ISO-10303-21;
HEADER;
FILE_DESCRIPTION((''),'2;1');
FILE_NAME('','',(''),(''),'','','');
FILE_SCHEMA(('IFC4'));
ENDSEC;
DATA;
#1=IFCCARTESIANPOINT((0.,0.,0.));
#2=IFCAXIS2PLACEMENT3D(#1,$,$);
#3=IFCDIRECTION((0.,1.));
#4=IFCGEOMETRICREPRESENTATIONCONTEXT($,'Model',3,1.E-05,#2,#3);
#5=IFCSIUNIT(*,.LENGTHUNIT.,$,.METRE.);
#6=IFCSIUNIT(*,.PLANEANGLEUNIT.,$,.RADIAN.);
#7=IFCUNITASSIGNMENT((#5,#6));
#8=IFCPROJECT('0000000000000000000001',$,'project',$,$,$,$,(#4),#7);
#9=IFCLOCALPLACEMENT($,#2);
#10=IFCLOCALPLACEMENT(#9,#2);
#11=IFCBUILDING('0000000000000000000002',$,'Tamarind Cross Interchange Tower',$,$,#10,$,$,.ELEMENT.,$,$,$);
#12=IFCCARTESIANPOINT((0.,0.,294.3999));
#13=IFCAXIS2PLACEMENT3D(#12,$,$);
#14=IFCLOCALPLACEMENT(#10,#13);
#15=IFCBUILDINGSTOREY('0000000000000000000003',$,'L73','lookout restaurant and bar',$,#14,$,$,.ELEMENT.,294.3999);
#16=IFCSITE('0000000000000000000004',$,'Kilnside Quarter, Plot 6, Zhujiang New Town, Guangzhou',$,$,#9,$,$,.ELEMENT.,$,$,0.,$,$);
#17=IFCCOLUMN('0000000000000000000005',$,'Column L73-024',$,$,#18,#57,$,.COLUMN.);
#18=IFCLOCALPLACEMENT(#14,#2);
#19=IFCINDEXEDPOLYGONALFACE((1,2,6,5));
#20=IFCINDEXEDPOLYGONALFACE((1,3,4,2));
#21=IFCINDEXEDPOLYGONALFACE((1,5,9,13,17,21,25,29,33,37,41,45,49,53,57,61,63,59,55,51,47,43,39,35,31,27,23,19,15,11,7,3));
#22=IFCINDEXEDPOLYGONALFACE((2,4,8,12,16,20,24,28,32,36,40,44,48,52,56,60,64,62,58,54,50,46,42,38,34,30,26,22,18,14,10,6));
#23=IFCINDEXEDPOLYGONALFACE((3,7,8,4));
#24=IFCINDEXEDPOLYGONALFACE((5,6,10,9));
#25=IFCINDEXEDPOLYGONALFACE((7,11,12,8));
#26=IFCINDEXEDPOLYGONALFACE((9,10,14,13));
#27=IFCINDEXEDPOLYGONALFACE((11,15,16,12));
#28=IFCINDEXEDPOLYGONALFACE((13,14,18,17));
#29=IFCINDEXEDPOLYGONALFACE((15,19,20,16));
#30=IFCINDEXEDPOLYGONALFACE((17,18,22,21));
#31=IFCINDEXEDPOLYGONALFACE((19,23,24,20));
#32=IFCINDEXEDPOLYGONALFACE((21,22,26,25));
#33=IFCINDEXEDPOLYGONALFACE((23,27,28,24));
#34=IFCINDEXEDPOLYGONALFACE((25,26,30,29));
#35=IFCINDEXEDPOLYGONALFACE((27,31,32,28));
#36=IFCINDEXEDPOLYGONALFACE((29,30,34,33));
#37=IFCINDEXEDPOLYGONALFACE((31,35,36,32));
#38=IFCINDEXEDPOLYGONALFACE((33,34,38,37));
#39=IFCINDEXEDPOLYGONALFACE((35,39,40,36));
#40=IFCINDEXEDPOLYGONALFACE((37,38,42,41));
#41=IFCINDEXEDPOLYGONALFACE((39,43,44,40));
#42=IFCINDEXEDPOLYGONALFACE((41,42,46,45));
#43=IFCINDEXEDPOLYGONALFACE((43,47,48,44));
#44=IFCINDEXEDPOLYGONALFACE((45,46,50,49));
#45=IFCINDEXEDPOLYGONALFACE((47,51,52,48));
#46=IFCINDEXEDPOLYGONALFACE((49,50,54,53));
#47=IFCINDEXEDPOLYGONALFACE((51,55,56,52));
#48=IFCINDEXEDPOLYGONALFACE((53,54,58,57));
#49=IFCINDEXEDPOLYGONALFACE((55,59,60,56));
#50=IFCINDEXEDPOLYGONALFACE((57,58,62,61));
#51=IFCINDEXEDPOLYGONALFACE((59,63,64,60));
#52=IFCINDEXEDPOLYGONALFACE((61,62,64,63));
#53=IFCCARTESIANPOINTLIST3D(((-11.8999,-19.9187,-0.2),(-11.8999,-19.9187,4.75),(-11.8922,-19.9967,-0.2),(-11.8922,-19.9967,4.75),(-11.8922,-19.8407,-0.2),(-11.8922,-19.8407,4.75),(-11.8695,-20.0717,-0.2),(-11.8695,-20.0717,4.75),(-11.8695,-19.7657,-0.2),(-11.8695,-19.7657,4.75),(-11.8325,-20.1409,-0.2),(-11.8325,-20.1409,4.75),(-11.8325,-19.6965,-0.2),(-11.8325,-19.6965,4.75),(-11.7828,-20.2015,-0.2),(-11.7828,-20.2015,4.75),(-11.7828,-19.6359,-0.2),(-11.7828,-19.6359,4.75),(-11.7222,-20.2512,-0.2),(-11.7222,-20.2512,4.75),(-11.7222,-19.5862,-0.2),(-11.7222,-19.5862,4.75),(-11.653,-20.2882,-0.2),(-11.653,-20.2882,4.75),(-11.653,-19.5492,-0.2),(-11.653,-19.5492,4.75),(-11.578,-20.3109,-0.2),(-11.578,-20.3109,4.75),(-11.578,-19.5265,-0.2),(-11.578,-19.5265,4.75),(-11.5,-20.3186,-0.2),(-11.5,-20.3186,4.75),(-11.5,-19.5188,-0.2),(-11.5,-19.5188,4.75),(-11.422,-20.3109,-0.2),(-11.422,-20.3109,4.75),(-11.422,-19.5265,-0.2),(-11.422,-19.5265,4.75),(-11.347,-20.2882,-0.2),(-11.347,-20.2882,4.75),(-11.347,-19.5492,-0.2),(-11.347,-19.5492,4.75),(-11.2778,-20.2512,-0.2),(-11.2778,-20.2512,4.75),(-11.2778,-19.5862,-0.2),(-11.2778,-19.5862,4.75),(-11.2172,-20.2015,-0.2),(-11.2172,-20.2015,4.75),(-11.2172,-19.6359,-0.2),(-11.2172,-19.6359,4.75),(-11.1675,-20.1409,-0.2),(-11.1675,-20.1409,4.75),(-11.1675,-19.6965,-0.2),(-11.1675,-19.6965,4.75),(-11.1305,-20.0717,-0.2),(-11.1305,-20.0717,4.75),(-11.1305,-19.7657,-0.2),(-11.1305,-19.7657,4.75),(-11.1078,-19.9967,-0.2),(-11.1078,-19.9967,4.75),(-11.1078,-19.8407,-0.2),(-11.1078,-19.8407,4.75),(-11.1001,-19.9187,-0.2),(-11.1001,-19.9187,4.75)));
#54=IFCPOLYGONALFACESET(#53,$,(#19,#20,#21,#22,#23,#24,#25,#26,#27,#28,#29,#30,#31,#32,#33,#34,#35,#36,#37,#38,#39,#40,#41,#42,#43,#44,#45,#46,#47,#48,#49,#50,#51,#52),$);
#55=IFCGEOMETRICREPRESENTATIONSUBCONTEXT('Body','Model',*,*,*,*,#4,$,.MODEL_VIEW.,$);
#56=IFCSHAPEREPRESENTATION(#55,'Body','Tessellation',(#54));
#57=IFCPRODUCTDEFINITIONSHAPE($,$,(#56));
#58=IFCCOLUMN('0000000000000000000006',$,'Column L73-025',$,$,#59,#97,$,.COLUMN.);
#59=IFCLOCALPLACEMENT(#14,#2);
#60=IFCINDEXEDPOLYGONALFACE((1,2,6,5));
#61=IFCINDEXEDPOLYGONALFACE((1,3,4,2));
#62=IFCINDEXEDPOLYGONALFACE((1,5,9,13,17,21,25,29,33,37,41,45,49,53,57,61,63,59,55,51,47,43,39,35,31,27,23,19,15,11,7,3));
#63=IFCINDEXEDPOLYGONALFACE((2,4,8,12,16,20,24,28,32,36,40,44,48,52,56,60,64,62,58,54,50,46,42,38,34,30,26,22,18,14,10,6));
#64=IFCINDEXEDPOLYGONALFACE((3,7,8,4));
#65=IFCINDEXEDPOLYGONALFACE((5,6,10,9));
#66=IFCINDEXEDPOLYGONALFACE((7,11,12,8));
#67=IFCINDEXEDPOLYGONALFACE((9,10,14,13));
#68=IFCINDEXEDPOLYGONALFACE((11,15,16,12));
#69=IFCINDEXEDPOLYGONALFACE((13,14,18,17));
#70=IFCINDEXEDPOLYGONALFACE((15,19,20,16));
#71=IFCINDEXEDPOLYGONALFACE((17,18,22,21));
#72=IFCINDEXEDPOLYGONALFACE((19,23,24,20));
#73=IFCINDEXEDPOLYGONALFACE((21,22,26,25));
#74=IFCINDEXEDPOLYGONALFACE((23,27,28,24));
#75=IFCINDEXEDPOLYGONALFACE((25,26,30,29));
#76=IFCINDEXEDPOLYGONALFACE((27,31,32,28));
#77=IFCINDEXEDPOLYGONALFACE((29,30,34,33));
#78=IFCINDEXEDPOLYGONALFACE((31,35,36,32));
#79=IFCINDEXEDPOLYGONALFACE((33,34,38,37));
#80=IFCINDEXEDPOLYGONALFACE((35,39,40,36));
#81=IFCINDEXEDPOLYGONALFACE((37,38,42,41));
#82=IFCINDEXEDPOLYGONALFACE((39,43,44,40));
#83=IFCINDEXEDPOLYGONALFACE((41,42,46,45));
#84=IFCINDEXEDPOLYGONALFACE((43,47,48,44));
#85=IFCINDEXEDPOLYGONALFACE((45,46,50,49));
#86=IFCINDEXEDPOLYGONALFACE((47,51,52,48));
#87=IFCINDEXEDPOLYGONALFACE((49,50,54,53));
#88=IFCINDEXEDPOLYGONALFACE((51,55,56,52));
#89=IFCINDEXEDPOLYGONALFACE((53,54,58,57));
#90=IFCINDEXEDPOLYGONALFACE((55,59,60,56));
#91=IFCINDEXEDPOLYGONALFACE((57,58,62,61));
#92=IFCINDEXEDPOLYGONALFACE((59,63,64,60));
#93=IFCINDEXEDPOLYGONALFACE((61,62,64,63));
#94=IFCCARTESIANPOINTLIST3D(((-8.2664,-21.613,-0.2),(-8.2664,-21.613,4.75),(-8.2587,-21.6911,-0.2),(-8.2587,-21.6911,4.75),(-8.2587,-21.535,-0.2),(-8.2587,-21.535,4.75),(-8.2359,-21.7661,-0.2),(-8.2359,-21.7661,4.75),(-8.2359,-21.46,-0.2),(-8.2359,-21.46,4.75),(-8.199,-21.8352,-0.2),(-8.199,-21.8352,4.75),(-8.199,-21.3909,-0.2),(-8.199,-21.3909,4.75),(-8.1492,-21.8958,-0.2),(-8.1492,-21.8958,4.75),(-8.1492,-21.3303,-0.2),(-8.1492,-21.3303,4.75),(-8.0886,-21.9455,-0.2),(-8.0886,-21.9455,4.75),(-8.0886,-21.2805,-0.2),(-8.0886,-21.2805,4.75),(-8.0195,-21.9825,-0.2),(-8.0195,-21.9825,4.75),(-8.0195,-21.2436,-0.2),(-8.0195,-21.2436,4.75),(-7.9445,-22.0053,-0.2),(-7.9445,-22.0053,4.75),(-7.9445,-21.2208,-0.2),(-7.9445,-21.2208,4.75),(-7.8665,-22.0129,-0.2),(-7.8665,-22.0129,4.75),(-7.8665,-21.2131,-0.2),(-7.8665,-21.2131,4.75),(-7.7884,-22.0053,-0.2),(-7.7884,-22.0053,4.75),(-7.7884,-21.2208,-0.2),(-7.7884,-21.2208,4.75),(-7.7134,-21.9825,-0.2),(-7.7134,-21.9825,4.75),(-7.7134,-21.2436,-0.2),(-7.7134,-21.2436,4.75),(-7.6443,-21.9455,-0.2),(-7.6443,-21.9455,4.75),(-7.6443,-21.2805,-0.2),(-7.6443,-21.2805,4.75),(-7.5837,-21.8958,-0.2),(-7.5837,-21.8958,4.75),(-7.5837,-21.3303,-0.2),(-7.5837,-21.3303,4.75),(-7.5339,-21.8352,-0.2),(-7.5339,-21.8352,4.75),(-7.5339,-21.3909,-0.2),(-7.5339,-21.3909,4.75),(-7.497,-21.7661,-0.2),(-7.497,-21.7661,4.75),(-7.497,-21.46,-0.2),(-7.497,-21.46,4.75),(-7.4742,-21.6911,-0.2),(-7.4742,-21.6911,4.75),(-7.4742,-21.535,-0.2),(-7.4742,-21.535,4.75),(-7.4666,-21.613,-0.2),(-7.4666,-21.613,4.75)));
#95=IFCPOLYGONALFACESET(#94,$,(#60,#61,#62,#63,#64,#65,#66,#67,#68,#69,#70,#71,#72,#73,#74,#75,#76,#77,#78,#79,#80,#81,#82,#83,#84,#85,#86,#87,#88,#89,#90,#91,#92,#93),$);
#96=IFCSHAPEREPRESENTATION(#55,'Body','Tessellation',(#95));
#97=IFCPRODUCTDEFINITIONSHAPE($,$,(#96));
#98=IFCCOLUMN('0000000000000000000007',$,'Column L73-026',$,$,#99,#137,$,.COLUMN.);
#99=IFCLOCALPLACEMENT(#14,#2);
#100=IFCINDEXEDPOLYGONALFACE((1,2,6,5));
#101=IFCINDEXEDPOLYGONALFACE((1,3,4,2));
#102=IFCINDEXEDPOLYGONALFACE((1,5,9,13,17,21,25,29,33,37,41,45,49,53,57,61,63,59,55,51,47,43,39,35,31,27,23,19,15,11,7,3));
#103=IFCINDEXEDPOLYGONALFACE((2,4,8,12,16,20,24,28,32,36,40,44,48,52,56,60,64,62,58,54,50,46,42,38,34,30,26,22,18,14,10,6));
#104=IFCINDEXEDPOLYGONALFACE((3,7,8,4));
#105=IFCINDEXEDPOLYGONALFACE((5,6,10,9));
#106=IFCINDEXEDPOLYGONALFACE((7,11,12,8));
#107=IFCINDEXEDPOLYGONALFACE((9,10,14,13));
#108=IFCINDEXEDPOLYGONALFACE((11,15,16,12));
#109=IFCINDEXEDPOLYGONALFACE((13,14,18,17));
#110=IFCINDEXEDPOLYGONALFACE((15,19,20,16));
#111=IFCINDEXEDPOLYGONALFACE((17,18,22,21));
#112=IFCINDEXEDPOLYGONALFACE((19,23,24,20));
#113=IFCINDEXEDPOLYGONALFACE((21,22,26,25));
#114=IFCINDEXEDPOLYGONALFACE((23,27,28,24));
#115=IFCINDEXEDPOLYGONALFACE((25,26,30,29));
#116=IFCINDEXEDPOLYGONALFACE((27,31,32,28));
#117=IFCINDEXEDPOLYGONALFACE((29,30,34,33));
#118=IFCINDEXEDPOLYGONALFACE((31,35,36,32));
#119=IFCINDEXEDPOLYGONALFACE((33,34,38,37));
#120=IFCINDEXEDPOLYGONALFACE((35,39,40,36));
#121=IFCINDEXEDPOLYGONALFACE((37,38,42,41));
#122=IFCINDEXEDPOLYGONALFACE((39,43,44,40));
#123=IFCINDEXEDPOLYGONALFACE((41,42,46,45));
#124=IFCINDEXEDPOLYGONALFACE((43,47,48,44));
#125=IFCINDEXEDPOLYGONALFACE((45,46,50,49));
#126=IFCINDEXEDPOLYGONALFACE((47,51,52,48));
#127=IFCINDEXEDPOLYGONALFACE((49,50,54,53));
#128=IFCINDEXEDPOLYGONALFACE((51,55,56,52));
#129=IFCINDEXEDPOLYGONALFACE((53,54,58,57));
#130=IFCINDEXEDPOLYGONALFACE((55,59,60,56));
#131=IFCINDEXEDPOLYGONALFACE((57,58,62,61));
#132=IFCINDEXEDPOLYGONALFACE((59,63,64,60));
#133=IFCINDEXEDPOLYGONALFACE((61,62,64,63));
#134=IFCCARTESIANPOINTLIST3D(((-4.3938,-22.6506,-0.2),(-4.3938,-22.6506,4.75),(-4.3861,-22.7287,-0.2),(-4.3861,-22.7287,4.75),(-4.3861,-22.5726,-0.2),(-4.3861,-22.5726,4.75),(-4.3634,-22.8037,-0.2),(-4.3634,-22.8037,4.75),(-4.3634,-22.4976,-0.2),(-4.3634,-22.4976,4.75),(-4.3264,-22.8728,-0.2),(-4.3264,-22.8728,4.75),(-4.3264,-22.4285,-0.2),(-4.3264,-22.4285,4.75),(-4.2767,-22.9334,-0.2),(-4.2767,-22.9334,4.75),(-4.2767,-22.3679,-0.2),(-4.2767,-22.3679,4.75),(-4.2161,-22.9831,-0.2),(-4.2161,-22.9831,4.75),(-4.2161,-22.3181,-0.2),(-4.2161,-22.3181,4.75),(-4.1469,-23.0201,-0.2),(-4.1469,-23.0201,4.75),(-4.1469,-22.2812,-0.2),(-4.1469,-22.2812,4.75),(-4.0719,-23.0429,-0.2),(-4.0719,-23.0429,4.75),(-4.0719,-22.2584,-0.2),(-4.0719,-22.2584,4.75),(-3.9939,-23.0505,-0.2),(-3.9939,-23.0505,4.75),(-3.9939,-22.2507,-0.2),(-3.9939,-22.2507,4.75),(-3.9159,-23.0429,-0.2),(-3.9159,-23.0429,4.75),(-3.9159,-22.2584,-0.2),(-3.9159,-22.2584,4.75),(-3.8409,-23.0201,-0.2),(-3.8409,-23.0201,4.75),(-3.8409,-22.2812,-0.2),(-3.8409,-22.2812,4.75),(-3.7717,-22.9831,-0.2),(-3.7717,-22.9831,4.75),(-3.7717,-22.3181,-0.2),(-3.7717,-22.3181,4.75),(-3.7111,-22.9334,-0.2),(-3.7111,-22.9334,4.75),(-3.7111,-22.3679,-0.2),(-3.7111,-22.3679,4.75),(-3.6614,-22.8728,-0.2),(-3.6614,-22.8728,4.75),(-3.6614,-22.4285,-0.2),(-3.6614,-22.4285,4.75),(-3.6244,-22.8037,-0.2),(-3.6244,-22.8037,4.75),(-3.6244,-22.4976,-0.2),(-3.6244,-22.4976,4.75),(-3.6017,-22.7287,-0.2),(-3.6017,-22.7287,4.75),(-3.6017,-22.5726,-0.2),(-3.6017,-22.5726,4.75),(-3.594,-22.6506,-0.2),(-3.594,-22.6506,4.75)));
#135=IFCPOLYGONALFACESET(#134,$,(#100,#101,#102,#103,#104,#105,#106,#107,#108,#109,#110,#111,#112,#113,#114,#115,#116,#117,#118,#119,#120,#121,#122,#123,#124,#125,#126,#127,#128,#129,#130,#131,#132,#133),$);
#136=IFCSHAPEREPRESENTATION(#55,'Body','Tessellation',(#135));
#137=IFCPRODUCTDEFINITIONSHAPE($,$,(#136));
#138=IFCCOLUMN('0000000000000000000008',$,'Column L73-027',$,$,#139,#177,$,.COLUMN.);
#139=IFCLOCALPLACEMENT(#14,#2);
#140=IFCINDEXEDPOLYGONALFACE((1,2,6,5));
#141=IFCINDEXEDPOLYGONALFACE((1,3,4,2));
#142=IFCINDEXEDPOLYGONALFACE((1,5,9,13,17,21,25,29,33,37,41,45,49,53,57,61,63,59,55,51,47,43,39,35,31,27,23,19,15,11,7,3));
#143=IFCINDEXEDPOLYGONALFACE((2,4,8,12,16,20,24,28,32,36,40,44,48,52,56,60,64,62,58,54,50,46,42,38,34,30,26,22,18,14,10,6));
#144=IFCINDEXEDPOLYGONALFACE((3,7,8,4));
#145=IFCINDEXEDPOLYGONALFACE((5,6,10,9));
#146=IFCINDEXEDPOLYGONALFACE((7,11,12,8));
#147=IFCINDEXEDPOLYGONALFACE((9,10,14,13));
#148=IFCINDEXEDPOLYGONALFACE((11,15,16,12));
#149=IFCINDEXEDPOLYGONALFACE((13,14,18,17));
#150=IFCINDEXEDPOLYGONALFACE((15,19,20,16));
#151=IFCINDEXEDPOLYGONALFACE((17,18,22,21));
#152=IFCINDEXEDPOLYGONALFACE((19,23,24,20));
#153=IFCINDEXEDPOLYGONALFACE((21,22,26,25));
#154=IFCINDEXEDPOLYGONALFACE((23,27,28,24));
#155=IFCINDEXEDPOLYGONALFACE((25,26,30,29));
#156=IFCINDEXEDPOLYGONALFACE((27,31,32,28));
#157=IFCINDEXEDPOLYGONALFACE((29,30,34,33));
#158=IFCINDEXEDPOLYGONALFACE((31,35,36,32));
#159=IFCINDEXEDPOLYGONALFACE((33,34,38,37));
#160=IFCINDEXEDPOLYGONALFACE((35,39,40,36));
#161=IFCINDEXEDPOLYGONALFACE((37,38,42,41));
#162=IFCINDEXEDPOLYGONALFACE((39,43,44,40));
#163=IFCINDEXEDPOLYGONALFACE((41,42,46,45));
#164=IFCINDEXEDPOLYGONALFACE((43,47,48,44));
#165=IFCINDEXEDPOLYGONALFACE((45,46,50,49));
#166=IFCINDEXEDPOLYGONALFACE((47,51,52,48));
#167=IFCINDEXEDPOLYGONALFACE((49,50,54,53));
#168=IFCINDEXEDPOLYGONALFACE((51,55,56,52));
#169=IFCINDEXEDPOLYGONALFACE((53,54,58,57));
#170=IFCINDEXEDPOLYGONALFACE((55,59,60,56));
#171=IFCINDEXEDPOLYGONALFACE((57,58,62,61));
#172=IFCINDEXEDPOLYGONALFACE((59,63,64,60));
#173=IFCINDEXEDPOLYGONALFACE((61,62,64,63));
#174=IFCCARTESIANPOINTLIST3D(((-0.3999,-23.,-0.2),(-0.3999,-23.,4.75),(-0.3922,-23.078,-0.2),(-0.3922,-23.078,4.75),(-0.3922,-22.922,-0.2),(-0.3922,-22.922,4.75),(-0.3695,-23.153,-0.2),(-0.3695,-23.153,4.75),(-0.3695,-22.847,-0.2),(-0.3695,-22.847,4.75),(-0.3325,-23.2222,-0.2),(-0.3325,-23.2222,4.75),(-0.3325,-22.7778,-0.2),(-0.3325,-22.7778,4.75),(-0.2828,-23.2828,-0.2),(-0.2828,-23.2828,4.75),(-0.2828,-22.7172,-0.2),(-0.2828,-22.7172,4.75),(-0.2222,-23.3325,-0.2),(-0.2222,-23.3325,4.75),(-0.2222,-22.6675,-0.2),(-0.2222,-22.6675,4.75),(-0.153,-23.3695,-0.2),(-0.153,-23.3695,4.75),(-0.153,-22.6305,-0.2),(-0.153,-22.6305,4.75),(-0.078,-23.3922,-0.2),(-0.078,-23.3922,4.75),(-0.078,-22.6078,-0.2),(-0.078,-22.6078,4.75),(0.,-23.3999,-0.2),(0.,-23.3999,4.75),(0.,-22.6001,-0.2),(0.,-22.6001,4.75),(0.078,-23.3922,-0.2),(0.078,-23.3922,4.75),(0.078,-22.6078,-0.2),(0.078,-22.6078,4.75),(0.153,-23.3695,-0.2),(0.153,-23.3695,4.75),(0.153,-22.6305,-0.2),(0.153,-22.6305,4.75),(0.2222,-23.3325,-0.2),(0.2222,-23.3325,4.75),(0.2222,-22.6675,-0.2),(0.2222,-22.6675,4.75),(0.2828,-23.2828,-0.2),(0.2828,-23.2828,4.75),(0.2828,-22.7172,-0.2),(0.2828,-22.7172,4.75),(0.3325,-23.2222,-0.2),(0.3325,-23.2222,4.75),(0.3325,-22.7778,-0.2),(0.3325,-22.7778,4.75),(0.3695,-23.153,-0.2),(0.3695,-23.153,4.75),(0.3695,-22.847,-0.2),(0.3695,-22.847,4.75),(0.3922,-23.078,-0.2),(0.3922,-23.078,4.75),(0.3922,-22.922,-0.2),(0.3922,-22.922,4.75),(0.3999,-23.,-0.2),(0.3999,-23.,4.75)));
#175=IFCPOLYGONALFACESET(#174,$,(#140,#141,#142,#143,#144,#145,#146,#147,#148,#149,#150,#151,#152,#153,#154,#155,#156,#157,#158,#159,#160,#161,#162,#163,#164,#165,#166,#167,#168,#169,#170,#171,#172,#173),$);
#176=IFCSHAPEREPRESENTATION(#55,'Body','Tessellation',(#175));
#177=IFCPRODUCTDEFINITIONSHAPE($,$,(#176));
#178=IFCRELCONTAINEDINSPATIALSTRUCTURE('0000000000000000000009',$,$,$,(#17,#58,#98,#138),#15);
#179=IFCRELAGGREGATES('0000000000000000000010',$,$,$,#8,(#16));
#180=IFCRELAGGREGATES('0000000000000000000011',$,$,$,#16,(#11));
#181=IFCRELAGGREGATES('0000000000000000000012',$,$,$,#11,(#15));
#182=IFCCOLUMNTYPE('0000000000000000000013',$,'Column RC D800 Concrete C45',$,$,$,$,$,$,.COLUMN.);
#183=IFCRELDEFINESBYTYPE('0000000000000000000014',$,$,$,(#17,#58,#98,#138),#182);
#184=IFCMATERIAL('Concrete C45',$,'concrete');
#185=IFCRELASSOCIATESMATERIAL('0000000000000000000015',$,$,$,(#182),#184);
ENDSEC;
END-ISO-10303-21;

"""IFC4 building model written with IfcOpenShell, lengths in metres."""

from ifc_helpers import new_model, si_unit, direction, frame, origin, origin_2d, place, context, subcontext, project, spatial, circle, extrude, material, material_profile, profile_set, type_object, element, save


model = new_model("IFC4")

# Units and contexts
model_context = context("Model", 3, precision=1e-05, world=origin(), true_north=direction((0.0, 1.0)))
body_context = subcontext(model_context, "Body", "Model", "MODEL_VIEW")
ifc_project = project(units=[si_unit("LENGTHUNIT", "METRE"), si_unit("PLANEANGLEUNIT", "RADIAN")], contexts=[model_context])

# Site, building, storey
site_placement = place(None, origin())
site = spatial("IfcSite", under=ifc_project, at=site_placement, Name="Kilnside Quarter, Plot 6, Zhujiang New Town, Guangzhou", CompositionType="ELEMENT", RefElevation=0.0)
building_placement = place(site_placement, origin())
building = spatial("IfcBuilding", under=site, at=building_placement, Name="Tamarind Cross Interchange Tower", CompositionType="ELEMENT")
storey_placement = place(building_placement, frame((0.0, 0.0, 294.3999)))
storey = spatial("IfcBuildingStorey", under=building, at=storey_placement, Name="L73", Description="lookout restaurant and bar", CompositionType="ELEMENT", Elevation=294.3999)

# Columns
ifc_material_1 = material(Name="Concrete C45", Category="concrete")
ifc_material_profile_1 = material_profile(ifc_material_1, circle(Radius=0.3999, at=origin_2d()), Name="RC D800")
ifc_profile_set_1 = profile_set([ifc_material_profile_1], Name="Concrete C45")
column_type = type_object("IfcColumnType", Name="Column RC D800 Concrete C45", PredefinedType="COLUMN", material=ifc_profile_set_1)
for number, where, z_axis, x_axis, name in (
    (1, (-11.5, -19.9187, -0.2), (0.0, 0.0, 1.0), (1.0, 0.0, 0.0), "Column L73-024"),
    (2, (-7.8665, -21.613, -0.2), (0.0, 0.0, 1.0), (1.0, 0.0, 0.0), "Column L73-025"),
    (3, (-3.9939, -22.6506, -0.2), (0.0, 0.0, 1.0), (1.0, 0.0, 0.0), "Column L73-026"),
    (4, (0.0, -23.0, -0.2), (0.0, 0.0, 1.0), (1.0, 0.0, 0.0), "Column L73-027"),
):
    element("IfcColumn", number, at=place(storey_placement, frame(where, z_axis=z_axis, x_axis=x_axis)), inside=storey, type_object=column_type, Name=name, PredefinedType="COLUMN", context=body_context, shape_type="SweptSolid", body=[
        extrude(circle(Radius=0.3999, at=origin_2d()), origin(), (0.0, 0.0, 1.0), 4.95),
    ])

save(model, "model.ifc")
